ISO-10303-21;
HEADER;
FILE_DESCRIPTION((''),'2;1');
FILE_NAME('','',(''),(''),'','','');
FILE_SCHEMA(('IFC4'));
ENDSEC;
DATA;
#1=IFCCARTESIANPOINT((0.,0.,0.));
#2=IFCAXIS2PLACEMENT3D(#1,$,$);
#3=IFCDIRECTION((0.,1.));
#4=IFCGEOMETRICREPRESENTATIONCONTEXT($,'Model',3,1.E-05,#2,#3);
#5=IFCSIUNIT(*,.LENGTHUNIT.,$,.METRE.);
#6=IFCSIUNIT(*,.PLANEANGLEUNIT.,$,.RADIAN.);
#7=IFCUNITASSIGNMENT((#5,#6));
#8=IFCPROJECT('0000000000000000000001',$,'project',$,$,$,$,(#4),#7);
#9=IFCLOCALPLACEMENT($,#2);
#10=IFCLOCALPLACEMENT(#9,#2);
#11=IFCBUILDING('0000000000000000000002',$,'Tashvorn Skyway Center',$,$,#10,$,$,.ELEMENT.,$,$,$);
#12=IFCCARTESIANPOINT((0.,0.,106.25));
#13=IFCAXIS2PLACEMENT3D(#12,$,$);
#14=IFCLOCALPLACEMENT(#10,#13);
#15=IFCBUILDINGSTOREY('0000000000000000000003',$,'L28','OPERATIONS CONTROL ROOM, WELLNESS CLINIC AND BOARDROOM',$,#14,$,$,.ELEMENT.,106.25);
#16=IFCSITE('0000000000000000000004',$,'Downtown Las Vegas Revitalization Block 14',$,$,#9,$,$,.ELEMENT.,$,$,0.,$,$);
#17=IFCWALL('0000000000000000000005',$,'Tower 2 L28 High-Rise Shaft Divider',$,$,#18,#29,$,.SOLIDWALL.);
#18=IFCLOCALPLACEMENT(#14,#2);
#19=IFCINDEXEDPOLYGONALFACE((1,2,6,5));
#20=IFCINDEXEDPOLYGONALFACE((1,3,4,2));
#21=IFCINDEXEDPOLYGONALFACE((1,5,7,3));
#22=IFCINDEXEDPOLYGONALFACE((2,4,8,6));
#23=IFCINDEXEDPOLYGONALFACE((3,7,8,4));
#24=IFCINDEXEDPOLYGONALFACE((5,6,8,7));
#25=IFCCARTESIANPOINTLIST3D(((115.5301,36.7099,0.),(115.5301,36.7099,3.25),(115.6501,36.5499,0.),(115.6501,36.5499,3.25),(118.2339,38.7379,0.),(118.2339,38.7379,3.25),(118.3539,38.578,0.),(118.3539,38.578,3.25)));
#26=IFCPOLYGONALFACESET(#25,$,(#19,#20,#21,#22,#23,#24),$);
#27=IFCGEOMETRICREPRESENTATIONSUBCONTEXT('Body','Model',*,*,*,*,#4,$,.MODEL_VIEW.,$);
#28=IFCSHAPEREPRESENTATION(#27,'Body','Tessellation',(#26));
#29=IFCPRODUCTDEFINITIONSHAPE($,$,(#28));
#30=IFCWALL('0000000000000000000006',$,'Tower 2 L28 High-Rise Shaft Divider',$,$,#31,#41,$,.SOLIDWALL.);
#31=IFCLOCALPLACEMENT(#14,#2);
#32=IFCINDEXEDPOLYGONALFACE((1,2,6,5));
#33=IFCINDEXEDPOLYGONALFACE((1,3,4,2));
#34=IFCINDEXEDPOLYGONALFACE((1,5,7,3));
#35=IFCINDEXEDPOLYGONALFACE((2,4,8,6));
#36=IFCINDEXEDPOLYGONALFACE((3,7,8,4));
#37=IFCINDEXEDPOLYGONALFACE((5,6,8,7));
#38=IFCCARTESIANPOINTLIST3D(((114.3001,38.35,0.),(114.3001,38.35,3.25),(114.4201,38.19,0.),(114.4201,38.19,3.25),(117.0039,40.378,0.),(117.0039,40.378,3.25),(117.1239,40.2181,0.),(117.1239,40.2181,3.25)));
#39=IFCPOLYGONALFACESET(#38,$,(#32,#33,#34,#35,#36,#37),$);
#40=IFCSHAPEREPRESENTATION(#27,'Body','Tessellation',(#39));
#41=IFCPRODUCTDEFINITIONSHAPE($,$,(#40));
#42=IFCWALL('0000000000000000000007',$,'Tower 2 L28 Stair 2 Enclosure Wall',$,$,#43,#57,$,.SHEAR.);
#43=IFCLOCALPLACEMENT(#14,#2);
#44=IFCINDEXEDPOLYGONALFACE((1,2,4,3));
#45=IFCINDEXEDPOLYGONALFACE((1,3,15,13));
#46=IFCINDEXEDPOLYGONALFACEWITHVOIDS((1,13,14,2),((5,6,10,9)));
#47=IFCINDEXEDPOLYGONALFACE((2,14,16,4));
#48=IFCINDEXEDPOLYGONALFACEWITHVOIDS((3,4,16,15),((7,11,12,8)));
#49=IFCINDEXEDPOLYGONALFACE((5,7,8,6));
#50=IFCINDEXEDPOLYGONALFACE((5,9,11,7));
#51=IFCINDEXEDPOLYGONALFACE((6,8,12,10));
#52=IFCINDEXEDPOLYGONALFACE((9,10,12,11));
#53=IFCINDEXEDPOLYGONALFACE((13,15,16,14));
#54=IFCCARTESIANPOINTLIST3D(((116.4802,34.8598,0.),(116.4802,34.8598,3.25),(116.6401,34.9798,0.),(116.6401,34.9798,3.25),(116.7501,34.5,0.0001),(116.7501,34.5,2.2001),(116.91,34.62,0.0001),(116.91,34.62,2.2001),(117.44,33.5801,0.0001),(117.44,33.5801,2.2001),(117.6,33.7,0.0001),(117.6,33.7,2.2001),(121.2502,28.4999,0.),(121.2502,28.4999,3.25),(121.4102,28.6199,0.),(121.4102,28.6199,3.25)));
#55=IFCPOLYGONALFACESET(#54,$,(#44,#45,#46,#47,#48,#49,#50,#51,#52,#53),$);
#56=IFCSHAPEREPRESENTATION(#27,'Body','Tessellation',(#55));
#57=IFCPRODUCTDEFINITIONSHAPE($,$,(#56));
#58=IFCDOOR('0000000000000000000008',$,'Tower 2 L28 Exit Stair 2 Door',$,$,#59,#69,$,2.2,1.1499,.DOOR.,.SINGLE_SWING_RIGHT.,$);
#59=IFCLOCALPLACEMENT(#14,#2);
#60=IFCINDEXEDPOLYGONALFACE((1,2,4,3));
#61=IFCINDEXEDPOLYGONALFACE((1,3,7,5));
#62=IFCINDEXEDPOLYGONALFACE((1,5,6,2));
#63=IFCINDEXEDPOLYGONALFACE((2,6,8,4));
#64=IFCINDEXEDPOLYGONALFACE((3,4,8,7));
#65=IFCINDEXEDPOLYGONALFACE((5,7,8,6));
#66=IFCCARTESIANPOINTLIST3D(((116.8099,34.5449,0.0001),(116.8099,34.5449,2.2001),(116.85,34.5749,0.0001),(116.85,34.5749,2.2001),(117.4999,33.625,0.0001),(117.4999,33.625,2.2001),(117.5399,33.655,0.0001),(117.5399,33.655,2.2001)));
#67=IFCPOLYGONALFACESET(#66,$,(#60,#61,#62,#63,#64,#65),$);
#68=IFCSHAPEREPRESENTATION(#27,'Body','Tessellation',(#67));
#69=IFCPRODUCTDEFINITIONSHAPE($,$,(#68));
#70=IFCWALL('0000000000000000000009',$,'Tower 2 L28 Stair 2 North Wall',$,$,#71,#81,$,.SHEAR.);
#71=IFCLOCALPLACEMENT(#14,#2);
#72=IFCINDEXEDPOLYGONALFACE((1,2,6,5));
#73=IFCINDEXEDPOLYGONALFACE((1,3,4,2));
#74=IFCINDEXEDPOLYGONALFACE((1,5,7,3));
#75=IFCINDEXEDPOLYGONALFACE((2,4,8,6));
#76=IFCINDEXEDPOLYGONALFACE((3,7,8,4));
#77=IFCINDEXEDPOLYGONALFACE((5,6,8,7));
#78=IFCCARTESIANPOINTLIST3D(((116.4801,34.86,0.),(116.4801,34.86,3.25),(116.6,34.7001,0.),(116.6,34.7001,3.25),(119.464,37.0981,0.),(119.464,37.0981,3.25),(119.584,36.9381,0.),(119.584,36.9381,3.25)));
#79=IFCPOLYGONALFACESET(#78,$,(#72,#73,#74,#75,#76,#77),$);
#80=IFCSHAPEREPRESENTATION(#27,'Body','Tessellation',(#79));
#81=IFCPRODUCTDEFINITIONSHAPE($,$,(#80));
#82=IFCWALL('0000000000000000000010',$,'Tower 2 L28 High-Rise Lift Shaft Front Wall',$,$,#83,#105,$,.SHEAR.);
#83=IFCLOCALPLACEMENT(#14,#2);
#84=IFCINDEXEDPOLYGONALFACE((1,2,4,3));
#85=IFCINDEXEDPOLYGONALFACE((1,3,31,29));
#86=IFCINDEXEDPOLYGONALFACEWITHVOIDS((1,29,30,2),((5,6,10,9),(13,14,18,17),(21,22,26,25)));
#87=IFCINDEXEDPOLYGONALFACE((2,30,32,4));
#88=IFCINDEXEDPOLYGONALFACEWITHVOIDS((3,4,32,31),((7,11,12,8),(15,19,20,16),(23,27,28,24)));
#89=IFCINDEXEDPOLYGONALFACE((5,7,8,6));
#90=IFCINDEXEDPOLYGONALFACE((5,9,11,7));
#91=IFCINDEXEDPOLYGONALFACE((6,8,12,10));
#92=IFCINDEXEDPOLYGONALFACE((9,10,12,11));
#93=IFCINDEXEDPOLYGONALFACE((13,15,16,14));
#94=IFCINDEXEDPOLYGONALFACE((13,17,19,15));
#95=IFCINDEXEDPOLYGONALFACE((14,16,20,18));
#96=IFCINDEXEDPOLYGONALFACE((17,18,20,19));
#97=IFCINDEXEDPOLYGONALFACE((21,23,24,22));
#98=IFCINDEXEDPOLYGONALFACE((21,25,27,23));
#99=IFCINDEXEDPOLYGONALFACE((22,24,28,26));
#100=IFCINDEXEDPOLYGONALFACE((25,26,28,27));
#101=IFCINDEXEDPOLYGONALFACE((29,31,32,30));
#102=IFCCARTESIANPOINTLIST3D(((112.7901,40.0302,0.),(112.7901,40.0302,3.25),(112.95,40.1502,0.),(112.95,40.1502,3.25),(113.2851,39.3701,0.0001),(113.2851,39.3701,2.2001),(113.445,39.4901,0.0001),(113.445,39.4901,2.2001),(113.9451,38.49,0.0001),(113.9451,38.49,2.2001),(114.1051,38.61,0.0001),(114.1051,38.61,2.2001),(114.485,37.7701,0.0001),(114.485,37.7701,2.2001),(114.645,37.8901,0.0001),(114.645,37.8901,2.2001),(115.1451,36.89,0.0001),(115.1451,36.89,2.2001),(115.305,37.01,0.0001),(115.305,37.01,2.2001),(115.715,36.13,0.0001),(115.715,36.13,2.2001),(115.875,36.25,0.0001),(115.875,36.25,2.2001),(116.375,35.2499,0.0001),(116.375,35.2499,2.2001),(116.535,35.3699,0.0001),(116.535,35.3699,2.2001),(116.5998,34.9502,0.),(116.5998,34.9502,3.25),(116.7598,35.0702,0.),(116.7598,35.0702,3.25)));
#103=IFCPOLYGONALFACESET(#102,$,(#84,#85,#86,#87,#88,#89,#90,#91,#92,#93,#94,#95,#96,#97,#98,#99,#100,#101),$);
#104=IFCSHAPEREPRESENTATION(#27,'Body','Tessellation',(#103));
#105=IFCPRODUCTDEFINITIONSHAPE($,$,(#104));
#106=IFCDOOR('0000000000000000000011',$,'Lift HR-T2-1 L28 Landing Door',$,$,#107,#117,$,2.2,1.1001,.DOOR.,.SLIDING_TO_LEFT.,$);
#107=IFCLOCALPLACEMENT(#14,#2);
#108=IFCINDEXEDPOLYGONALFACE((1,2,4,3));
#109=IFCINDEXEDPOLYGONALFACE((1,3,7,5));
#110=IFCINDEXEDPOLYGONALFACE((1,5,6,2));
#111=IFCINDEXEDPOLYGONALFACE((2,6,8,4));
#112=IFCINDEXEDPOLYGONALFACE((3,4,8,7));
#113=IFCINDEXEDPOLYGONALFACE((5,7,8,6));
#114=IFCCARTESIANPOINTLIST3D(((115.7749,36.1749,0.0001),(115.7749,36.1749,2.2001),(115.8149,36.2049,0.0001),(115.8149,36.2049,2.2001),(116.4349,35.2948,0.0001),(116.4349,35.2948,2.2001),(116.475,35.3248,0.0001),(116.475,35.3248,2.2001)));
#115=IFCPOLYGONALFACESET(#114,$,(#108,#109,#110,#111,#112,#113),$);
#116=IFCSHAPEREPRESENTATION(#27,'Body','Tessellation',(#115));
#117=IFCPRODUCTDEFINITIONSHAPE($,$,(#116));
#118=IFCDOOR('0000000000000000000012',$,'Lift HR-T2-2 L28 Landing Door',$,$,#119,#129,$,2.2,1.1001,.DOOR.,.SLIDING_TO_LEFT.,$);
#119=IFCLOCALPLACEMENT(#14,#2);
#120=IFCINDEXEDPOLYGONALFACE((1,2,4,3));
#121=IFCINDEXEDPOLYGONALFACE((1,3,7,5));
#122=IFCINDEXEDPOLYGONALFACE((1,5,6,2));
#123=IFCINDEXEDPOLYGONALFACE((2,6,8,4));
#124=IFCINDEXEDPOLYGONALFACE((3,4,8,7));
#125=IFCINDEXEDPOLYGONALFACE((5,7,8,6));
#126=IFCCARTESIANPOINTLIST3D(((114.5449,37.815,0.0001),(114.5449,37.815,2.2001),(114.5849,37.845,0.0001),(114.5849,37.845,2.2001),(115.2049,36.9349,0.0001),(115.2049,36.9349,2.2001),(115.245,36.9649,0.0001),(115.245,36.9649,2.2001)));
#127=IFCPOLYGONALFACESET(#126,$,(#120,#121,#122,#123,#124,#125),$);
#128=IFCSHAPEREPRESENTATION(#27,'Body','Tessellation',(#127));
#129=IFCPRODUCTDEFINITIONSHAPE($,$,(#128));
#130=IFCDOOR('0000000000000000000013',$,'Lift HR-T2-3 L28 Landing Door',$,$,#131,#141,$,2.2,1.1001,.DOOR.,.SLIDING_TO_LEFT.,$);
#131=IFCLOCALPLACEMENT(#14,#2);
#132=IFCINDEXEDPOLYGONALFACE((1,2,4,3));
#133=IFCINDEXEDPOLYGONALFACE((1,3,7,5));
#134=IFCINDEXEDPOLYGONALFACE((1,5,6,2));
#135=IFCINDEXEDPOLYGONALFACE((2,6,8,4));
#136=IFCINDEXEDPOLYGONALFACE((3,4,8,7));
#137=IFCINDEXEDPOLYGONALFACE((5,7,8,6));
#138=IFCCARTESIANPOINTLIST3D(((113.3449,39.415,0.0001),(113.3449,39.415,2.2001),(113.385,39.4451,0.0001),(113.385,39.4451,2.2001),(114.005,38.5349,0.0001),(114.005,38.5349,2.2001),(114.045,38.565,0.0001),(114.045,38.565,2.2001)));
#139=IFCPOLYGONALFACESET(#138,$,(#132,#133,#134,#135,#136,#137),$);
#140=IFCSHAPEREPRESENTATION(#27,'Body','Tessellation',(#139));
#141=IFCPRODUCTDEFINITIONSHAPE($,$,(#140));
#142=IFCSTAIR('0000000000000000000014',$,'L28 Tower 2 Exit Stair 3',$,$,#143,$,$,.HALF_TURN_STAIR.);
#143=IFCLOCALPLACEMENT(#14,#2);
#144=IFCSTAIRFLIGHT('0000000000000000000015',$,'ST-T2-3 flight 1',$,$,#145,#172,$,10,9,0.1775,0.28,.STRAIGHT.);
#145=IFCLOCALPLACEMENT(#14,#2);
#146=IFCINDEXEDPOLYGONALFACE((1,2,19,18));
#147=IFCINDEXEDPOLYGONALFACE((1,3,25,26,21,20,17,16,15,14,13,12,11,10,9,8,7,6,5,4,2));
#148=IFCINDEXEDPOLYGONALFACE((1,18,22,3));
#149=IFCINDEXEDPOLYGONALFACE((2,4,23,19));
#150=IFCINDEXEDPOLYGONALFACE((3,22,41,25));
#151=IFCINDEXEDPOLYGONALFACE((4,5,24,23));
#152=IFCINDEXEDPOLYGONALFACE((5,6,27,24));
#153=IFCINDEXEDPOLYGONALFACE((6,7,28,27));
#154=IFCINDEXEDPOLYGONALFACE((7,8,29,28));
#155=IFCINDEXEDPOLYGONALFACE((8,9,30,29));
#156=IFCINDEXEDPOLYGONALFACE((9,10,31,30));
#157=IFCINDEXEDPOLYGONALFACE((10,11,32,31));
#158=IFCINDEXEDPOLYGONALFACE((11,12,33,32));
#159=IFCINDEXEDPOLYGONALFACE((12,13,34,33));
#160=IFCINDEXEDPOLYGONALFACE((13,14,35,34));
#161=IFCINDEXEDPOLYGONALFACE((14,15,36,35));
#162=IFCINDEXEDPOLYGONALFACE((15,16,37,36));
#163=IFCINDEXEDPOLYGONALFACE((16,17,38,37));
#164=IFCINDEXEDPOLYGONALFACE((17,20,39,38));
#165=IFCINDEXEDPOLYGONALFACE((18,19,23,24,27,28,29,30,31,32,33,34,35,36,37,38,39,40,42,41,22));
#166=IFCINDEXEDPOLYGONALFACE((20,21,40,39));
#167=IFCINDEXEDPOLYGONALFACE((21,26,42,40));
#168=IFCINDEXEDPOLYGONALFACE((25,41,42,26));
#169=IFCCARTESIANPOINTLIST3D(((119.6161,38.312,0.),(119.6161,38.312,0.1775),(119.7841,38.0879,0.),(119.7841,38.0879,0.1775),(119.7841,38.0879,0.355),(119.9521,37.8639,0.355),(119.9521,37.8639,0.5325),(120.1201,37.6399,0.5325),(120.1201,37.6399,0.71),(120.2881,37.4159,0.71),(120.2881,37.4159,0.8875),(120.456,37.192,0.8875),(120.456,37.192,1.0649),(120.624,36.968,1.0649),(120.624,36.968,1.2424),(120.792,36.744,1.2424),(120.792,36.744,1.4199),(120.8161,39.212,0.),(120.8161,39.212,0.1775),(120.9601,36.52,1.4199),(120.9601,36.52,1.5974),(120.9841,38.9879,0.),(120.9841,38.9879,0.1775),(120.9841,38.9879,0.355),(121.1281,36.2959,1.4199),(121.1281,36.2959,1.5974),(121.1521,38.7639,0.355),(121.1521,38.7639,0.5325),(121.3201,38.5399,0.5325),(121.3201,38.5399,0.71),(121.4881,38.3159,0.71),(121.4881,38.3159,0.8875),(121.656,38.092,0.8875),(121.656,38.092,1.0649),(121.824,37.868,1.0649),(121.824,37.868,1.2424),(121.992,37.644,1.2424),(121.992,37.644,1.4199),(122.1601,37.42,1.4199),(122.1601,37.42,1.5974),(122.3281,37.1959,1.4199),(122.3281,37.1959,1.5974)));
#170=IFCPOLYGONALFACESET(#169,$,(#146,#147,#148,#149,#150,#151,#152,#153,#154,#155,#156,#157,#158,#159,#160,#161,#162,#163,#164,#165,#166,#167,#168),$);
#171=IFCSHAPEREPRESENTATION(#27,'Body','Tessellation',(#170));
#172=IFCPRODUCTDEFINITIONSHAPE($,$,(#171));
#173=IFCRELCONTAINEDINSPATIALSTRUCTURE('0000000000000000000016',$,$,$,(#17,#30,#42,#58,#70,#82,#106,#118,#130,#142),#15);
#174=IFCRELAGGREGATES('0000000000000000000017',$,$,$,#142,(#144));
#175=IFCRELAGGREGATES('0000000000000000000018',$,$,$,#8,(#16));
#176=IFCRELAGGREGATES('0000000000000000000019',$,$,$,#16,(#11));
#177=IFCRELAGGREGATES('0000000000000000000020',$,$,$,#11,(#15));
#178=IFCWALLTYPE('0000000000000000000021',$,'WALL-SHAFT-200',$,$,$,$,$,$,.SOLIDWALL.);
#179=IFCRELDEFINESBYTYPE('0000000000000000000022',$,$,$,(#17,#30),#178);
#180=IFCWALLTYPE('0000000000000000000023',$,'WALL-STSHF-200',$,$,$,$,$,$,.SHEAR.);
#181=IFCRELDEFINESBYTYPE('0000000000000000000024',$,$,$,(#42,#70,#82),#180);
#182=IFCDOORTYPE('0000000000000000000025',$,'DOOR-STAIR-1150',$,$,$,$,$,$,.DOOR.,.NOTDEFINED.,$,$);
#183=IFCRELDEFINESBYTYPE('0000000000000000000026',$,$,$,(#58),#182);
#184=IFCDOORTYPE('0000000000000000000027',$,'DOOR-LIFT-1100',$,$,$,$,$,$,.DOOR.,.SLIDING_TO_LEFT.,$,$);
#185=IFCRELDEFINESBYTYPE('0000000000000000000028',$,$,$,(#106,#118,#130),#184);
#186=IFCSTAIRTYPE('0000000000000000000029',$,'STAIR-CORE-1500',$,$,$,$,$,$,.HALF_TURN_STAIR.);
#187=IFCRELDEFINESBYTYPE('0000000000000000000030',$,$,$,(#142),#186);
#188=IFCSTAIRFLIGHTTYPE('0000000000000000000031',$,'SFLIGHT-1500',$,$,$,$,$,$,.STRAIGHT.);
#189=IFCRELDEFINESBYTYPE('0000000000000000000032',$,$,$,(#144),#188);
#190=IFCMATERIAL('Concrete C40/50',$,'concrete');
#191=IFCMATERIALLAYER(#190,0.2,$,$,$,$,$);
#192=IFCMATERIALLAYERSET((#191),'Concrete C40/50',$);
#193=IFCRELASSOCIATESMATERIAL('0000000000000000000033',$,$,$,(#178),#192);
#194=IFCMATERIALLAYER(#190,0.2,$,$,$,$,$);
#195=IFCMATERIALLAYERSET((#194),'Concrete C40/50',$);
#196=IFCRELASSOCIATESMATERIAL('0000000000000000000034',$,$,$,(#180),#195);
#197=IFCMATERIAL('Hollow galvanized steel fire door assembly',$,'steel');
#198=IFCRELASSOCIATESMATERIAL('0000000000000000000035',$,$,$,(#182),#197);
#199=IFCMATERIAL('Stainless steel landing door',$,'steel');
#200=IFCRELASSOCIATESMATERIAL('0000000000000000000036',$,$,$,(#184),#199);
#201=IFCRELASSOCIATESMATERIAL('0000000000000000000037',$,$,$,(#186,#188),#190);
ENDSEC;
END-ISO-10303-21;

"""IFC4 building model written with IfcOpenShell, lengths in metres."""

from ifc_helpers import new_model, si_unit, direction, frame, frame_2d, origin, place, context, subcontext, project, spatial, polyline, rectangle, outline, extrude, material, layer, layer_set, type_object, element, fill, aggregate, save


model = new_model("IFC4")

# Units and contexts
model_context = context("Model", 3, precision=1e-05, world=origin(), true_north=direction((0.0, 1.0)))
body_context = subcontext(model_context, "Body", "Model", "MODEL_VIEW")
ifc_project = project(units=[si_unit("LENGTHUNIT", "METRE"), si_unit("PLANEANGLEUNIT", "RADIAN")], contexts=[model_context])

# Site, building, storey
site_placement = place(None, origin())
site = spatial("IfcSite", under=ifc_project, at=site_placement, Name="Downtown Las Vegas Revitalization Block 14", CompositionType="ELEMENT", RefElevation=0.0)
building_placement = place(site_placement, origin())
building = spatial("IfcBuilding", under=site, at=building_placement, Name="Tashvorn Skyway Center", CompositionType="ELEMENT")
storey_placement = place(building_placement, frame((0.0, 0.0, 106.25)))
storey = spatial("IfcBuildingStorey", under=building, at=storey_placement, Name="L28", Description="OPERATIONS CONTROL ROOM, WELLNESS CLINIC AND BOARDROOM", CompositionType="ELEMENT", Elevation=106.25)

# Walls
ifc_material_1 = material(Name="Concrete C40/50", Category="concrete")
ifc_layer_1 = layer(ifc_material_1, 0.2)
ifc_layer_set_1 = layer_set([ifc_layer_1], Name="Concrete C40/50")
wall_type_1 = type_object("IfcWallType", Name="WALL-SHAFT-200", PredefinedType="SOLIDWALL", material=ifc_layer_set_1)
for number, where, z_axis, x_axis, name in (
    (1, (115.5901, 36.6299, 0.0), (0.0, 0.0, 1.0), (0.799974, 0.600035, 0.0), "Tower 2 L28 High-Rise Shaft Divider"),
    (2, (114.3601, 38.27, 0.0), (0.0, 0.0, 1.0), (0.799974, 0.600035, 0.0), "Tower 2 L28 High-Rise Shaft Divider"),
):
    element("IfcWall", number, at=place(storey_placement, frame(where, z_axis=z_axis, x_axis=x_axis)), inside=storey, type_object=wall_type_1, Name=name, PredefinedType="SOLIDWALL", context=body_context, shape_type="SweptSolid", body=[
        extrude(rectangle(XDim=3.3799, YDim=0.2, at=frame_2d((1.6899, 0.0))), origin(), (0.0, 0.0, 1.0), 3.25),
    ])

# Wall, opening, door
ifc_layer_2 = layer(ifc_material_1, 0.2)
ifc_layer_set_2 = layer_set([ifc_layer_2], Name="Concrete C40/50")
wall_type_2 = type_object("IfcWallType", Name="WALL-STSHF-200", PredefinedType="SHEAR", material=ifc_layer_set_2)
wall_1_placement = place(storey_placement, frame((116.5601, 34.9199, 0.0), z_axis=(0.0, 0.0, 1.0), x_axis=(0.60001, -0.799993, 0.0)))
wall_1 = element("IfcWall", 3, at=wall_1_placement, inside=storey, type_object=wall_type_2, Name="Tower 2 L28 Stair 2 Enclosure Wall", PredefinedType="SHEAR", context=body_context, shape_type="SweptSolid", body=[
    extrude(rectangle(XDim=7.95, YDim=0.2, at=frame_2d((3.9751, 0.0))), origin(), (0.0, 0.0, 1.0), 3.25),
])
opening_1_placement = place(wall_1_placement, frame((0.45, 0.0, 0.0)))
opening_1 = element("IfcOpeningElement", 4, at=opening_1_placement, cuts=wall_1, PredefinedType="OPENING", context=body_context, shape_type="SweptSolid", body=[
    extrude(rectangle(XDim=1.1499, YDim=2.2, at=frame_2d((0.575, 1.1001))), frame((0.0, 0.1099, 0.0), z_axis=(0.0, -1.0, 0.0), x_axis=(1.0, 0.0, 0.0)), (0.0, 0.0, 1.0), 0.22),
])
ifc_material_2 = material(Name="Hollow galvanized steel fire door assembly", Category="steel")
door_type_1 = type_object("IfcDoorType", Name="DOOR-STAIR-1150", OperationType="NOTDEFINED", PredefinedType="DOOR", material=ifc_material_2)
door_1_placement = place(opening_1_placement, origin())
door_1 = element("IfcDoor", 5, at=door_1_placement, inside=storey, type_object=door_type_1, Name="Tower 2 L28 Exit Stair 2 Door", OperationType="SINGLE_SWING_RIGHT", OverallHeight=2.2, OverallWidth=1.1499, PredefinedType="DOOR", context=body_context, shape_type="SweptSolid", body=[
    extrude(rectangle(XDim=1.1499, YDim=2.2, at=frame_2d((0.575, 1.1001))), frame((0.0, 0.0249, 0.0), z_axis=(0.0, -1.0, 0.0), x_axis=(1.0, 0.0, 0.0)), (0.0, 0.0, 1.0), 0.05),
])
fill(opening_1, door_1)

# Wall
wall_2_placement = place(storey_placement, frame((116.54, 34.78, 0.0), z_axis=(0.0, 0.0, 1.0), x_axis=(0.799984, 0.600021, 0.0)))
element("IfcWall", 6, at=wall_2_placement, inside=storey, type_object=wall_type_2, Name="Tower 2 L28 Stair 2 North Wall", PredefinedType="SHEAR", context=body_context, shape_type="SweptSolid", body=[
    extrude(rectangle(XDim=3.73, YDim=0.2, at=frame_2d((1.865, 0.0))), origin(), (0.0, 0.0, 1.0), 3.25),
])

# Wall, openings, doors
wall_3_placement = place(storey_placement, frame((112.8701, 40.0901, 0.0), z_axis=(0.0, 0.0, 1.0), x_axis=(0.599975, -0.800018, 0.0)))
wall_3 = element("IfcWall", 7, at=wall_3_placement, inside=storey, type_object=wall_type_2, Name="Tower 2 L28 High-Rise Lift Shaft Front Wall", PredefinedType="SHEAR", context=body_context, shape_type="SweptSolid", body=[
    extrude(rectangle(XDim=6.3499, YDim=0.2, at=frame_2d((3.1748, 0.0))), origin(), (0.0, 0.0, 1.0), 3.25),
])
opening_2_placement = place(wall_3_placement, frame((4.875, 0.0, 0.0)))
opening_2 = element("IfcOpeningElement", 8, at=opening_2_placement, cuts=wall_3, PredefinedType="OPENING", context=body_context, shape_type="SweptSolid", body=[
    extrude(rectangle(XDim=1.1001, YDim=2.2, at=frame_2d((0.55, 1.1001))), frame((0.0, 0.1099, 0.0), z_axis=(0.0, -1.0, 0.0), x_axis=(1.0, 0.0, 0.0)), (0.0, 0.0, 1.0), 0.22),
])
opening_3_placement = place(wall_3_placement, frame((2.825, 0.0, 0.0)))
opening_3 = element("IfcOpeningElement", 9, at=opening_3_placement, cuts=wall_3, PredefinedType="OPENING", context=body_context, shape_type="SweptSolid", body=[
    extrude(rectangle(XDim=1.1001, YDim=2.2, at=frame_2d((0.55, 1.1001))), frame((0.0, 0.1099, 0.0), z_axis=(0.0, -1.0, 0.0), x_axis=(1.0, 0.0, 0.0)), (0.0, 0.0, 1.0), 0.22),
])
opening_4_placement = place(wall_3_placement, frame((0.825, 0.0, 0.0)))
opening_4 = element("IfcOpeningElement", 10, at=opening_4_placement, cuts=wall_3, PredefinedType="OPENING", context=body_context, shape_type="SweptSolid", body=[
    extrude(rectangle(XDim=1.1001, YDim=2.2, at=frame_2d((0.55, 1.1001))), frame((0.0, 0.1099, 0.0), z_axis=(0.0, -1.0, 0.0), x_axis=(1.0, 0.0, 0.0)), (0.0, 0.0, 1.0), 0.22),
])
ifc_material_3 = material(Name="Stainless steel landing door", Category="steel")
door_type_2 = type_object("IfcDoorType", Name="DOOR-LIFT-1100", OperationType="SLIDING_TO_LEFT", PredefinedType="DOOR", material=ifc_material_3)
door_2_placement = place(opening_2_placement, origin())
door_2 = element("IfcDoor", 11, at=door_2_placement, inside=storey, type_object=door_type_2, Name="Lift HR-T2-1 L28 Landing Door", OperationType="SLIDING_TO_LEFT", OverallHeight=2.2, OverallWidth=1.1001, PredefinedType="DOOR", context=body_context, shape_type="SweptSolid", body=[
    extrude(rectangle(XDim=1.1001, YDim=2.2, at=frame_2d((0.55, 1.1001))), frame((0.0, 0.0249, 0.0), z_axis=(0.0, -1.0, 0.0), x_axis=(1.0, 0.0, 0.0)), (0.0, 0.0, 1.0), 0.05),
])
fill(opening_2, door_2)
door_3_placement = place(opening_3_placement, origin())
door_3 = element("IfcDoor", 12, at=door_3_placement, inside=storey, type_object=door_type_2, Name="Lift HR-T2-2 L28 Landing Door", OperationType="SLIDING_TO_LEFT", OverallHeight=2.2, OverallWidth=1.1001, PredefinedType="DOOR", context=body_context, shape_type="SweptSolid", body=[
    extrude(rectangle(XDim=1.1001, YDim=2.2, at=frame_2d((0.55, 1.1001))), frame((0.0, 0.0249, 0.0), z_axis=(0.0, -1.0, 0.0), x_axis=(1.0, 0.0, 0.0)), (0.0, 0.0, 1.0), 0.05),
])
fill(opening_3, door_3)
door_4_placement = place(opening_4_placement, origin())
door_4 = element("IfcDoor", 13, at=door_4_placement, inside=storey, type_object=door_type_2, Name="Lift HR-T2-3 L28 Landing Door", OperationType="SLIDING_TO_LEFT", OverallHeight=2.2, OverallWidth=1.1001, PredefinedType="DOOR", context=body_context, shape_type="SweptSolid", body=[
    extrude(rectangle(XDim=1.1001, YDim=2.2, at=frame_2d((0.55, 1.1001))), frame((0.0, 0.0249, 0.0), z_axis=(0.0, -1.0, 0.0), x_axis=(1.0, 0.0, 0.0)), (0.0, 0.0, 1.0), 0.05),
])
fill(opening_4, door_4)

# Stair, stair flight
stair_type = type_object("IfcStairType", Name="STAIR-CORE-1500", PredefinedType="HALF_TURN_STAIR", material=ifc_material_1)
stair_placement = place(storey_placement, origin())
stair = element("IfcStair", 14, at=stair_placement, inside=storey, type_object=stair_type, Name="L28 Tower 2 Exit Stair 3", PredefinedType="HALF_TURN_STAIR")
stair_flight_type = type_object("IfcStairFlightType", Name="SFLIGHT-1500", PredefinedType="STRAIGHT", material=ifc_material_1)
stair_flight_1_placement = place(storey_placement, frame((120.2161, 38.762, 0.0), z_axis=(0.0, 0.0, 1.0), x_axis=(0.6, -0.8, 0.0)))
stair_flight_1 = element("IfcStairFlight", 15, at=stair_flight_1_placement, type_object=stair_flight_type, Name="ST-T2-3 flight 1", NumberOfRisers=10, NumberOfTreads=9, PredefinedType="STRAIGHT", RiserHeight=0.1775, TreadLength=0.28, context=body_context, shape_type="SweptSolid", body=[
    extrude(outline(polyline([(0.0, 0.0), (0.0, 0.1775), (0.28, 0.1775), (0.28, 0.355), (0.5601, 0.355), (0.5601, 0.5325), (0.8401, 0.5325), (0.8401, 0.71), (1.1201, 0.71), (1.1201, 0.8875), (1.3999, 0.8875), (1.3999, 1.0649), (1.6799, 1.0649), (1.6799, 1.2424), (1.96, 1.2424), (1.96, 1.4199), (2.24, 1.4199), (2.24, 1.5974), (2.52, 1.5974), (2.52, 1.7749), (2.52, 1.4199), (0.28, 0.0), (0.0, 0.0)])), frame((0.0, 0.75, 0.0), z_axis=(0.0, -1.0, 0.0), x_axis=(1.0, 0.0, 0.0)), (0.0, 0.0, 1.0), 1.5),
])
aggregate(stair, [stair_flight_1])

save(model, "model.ifc")
